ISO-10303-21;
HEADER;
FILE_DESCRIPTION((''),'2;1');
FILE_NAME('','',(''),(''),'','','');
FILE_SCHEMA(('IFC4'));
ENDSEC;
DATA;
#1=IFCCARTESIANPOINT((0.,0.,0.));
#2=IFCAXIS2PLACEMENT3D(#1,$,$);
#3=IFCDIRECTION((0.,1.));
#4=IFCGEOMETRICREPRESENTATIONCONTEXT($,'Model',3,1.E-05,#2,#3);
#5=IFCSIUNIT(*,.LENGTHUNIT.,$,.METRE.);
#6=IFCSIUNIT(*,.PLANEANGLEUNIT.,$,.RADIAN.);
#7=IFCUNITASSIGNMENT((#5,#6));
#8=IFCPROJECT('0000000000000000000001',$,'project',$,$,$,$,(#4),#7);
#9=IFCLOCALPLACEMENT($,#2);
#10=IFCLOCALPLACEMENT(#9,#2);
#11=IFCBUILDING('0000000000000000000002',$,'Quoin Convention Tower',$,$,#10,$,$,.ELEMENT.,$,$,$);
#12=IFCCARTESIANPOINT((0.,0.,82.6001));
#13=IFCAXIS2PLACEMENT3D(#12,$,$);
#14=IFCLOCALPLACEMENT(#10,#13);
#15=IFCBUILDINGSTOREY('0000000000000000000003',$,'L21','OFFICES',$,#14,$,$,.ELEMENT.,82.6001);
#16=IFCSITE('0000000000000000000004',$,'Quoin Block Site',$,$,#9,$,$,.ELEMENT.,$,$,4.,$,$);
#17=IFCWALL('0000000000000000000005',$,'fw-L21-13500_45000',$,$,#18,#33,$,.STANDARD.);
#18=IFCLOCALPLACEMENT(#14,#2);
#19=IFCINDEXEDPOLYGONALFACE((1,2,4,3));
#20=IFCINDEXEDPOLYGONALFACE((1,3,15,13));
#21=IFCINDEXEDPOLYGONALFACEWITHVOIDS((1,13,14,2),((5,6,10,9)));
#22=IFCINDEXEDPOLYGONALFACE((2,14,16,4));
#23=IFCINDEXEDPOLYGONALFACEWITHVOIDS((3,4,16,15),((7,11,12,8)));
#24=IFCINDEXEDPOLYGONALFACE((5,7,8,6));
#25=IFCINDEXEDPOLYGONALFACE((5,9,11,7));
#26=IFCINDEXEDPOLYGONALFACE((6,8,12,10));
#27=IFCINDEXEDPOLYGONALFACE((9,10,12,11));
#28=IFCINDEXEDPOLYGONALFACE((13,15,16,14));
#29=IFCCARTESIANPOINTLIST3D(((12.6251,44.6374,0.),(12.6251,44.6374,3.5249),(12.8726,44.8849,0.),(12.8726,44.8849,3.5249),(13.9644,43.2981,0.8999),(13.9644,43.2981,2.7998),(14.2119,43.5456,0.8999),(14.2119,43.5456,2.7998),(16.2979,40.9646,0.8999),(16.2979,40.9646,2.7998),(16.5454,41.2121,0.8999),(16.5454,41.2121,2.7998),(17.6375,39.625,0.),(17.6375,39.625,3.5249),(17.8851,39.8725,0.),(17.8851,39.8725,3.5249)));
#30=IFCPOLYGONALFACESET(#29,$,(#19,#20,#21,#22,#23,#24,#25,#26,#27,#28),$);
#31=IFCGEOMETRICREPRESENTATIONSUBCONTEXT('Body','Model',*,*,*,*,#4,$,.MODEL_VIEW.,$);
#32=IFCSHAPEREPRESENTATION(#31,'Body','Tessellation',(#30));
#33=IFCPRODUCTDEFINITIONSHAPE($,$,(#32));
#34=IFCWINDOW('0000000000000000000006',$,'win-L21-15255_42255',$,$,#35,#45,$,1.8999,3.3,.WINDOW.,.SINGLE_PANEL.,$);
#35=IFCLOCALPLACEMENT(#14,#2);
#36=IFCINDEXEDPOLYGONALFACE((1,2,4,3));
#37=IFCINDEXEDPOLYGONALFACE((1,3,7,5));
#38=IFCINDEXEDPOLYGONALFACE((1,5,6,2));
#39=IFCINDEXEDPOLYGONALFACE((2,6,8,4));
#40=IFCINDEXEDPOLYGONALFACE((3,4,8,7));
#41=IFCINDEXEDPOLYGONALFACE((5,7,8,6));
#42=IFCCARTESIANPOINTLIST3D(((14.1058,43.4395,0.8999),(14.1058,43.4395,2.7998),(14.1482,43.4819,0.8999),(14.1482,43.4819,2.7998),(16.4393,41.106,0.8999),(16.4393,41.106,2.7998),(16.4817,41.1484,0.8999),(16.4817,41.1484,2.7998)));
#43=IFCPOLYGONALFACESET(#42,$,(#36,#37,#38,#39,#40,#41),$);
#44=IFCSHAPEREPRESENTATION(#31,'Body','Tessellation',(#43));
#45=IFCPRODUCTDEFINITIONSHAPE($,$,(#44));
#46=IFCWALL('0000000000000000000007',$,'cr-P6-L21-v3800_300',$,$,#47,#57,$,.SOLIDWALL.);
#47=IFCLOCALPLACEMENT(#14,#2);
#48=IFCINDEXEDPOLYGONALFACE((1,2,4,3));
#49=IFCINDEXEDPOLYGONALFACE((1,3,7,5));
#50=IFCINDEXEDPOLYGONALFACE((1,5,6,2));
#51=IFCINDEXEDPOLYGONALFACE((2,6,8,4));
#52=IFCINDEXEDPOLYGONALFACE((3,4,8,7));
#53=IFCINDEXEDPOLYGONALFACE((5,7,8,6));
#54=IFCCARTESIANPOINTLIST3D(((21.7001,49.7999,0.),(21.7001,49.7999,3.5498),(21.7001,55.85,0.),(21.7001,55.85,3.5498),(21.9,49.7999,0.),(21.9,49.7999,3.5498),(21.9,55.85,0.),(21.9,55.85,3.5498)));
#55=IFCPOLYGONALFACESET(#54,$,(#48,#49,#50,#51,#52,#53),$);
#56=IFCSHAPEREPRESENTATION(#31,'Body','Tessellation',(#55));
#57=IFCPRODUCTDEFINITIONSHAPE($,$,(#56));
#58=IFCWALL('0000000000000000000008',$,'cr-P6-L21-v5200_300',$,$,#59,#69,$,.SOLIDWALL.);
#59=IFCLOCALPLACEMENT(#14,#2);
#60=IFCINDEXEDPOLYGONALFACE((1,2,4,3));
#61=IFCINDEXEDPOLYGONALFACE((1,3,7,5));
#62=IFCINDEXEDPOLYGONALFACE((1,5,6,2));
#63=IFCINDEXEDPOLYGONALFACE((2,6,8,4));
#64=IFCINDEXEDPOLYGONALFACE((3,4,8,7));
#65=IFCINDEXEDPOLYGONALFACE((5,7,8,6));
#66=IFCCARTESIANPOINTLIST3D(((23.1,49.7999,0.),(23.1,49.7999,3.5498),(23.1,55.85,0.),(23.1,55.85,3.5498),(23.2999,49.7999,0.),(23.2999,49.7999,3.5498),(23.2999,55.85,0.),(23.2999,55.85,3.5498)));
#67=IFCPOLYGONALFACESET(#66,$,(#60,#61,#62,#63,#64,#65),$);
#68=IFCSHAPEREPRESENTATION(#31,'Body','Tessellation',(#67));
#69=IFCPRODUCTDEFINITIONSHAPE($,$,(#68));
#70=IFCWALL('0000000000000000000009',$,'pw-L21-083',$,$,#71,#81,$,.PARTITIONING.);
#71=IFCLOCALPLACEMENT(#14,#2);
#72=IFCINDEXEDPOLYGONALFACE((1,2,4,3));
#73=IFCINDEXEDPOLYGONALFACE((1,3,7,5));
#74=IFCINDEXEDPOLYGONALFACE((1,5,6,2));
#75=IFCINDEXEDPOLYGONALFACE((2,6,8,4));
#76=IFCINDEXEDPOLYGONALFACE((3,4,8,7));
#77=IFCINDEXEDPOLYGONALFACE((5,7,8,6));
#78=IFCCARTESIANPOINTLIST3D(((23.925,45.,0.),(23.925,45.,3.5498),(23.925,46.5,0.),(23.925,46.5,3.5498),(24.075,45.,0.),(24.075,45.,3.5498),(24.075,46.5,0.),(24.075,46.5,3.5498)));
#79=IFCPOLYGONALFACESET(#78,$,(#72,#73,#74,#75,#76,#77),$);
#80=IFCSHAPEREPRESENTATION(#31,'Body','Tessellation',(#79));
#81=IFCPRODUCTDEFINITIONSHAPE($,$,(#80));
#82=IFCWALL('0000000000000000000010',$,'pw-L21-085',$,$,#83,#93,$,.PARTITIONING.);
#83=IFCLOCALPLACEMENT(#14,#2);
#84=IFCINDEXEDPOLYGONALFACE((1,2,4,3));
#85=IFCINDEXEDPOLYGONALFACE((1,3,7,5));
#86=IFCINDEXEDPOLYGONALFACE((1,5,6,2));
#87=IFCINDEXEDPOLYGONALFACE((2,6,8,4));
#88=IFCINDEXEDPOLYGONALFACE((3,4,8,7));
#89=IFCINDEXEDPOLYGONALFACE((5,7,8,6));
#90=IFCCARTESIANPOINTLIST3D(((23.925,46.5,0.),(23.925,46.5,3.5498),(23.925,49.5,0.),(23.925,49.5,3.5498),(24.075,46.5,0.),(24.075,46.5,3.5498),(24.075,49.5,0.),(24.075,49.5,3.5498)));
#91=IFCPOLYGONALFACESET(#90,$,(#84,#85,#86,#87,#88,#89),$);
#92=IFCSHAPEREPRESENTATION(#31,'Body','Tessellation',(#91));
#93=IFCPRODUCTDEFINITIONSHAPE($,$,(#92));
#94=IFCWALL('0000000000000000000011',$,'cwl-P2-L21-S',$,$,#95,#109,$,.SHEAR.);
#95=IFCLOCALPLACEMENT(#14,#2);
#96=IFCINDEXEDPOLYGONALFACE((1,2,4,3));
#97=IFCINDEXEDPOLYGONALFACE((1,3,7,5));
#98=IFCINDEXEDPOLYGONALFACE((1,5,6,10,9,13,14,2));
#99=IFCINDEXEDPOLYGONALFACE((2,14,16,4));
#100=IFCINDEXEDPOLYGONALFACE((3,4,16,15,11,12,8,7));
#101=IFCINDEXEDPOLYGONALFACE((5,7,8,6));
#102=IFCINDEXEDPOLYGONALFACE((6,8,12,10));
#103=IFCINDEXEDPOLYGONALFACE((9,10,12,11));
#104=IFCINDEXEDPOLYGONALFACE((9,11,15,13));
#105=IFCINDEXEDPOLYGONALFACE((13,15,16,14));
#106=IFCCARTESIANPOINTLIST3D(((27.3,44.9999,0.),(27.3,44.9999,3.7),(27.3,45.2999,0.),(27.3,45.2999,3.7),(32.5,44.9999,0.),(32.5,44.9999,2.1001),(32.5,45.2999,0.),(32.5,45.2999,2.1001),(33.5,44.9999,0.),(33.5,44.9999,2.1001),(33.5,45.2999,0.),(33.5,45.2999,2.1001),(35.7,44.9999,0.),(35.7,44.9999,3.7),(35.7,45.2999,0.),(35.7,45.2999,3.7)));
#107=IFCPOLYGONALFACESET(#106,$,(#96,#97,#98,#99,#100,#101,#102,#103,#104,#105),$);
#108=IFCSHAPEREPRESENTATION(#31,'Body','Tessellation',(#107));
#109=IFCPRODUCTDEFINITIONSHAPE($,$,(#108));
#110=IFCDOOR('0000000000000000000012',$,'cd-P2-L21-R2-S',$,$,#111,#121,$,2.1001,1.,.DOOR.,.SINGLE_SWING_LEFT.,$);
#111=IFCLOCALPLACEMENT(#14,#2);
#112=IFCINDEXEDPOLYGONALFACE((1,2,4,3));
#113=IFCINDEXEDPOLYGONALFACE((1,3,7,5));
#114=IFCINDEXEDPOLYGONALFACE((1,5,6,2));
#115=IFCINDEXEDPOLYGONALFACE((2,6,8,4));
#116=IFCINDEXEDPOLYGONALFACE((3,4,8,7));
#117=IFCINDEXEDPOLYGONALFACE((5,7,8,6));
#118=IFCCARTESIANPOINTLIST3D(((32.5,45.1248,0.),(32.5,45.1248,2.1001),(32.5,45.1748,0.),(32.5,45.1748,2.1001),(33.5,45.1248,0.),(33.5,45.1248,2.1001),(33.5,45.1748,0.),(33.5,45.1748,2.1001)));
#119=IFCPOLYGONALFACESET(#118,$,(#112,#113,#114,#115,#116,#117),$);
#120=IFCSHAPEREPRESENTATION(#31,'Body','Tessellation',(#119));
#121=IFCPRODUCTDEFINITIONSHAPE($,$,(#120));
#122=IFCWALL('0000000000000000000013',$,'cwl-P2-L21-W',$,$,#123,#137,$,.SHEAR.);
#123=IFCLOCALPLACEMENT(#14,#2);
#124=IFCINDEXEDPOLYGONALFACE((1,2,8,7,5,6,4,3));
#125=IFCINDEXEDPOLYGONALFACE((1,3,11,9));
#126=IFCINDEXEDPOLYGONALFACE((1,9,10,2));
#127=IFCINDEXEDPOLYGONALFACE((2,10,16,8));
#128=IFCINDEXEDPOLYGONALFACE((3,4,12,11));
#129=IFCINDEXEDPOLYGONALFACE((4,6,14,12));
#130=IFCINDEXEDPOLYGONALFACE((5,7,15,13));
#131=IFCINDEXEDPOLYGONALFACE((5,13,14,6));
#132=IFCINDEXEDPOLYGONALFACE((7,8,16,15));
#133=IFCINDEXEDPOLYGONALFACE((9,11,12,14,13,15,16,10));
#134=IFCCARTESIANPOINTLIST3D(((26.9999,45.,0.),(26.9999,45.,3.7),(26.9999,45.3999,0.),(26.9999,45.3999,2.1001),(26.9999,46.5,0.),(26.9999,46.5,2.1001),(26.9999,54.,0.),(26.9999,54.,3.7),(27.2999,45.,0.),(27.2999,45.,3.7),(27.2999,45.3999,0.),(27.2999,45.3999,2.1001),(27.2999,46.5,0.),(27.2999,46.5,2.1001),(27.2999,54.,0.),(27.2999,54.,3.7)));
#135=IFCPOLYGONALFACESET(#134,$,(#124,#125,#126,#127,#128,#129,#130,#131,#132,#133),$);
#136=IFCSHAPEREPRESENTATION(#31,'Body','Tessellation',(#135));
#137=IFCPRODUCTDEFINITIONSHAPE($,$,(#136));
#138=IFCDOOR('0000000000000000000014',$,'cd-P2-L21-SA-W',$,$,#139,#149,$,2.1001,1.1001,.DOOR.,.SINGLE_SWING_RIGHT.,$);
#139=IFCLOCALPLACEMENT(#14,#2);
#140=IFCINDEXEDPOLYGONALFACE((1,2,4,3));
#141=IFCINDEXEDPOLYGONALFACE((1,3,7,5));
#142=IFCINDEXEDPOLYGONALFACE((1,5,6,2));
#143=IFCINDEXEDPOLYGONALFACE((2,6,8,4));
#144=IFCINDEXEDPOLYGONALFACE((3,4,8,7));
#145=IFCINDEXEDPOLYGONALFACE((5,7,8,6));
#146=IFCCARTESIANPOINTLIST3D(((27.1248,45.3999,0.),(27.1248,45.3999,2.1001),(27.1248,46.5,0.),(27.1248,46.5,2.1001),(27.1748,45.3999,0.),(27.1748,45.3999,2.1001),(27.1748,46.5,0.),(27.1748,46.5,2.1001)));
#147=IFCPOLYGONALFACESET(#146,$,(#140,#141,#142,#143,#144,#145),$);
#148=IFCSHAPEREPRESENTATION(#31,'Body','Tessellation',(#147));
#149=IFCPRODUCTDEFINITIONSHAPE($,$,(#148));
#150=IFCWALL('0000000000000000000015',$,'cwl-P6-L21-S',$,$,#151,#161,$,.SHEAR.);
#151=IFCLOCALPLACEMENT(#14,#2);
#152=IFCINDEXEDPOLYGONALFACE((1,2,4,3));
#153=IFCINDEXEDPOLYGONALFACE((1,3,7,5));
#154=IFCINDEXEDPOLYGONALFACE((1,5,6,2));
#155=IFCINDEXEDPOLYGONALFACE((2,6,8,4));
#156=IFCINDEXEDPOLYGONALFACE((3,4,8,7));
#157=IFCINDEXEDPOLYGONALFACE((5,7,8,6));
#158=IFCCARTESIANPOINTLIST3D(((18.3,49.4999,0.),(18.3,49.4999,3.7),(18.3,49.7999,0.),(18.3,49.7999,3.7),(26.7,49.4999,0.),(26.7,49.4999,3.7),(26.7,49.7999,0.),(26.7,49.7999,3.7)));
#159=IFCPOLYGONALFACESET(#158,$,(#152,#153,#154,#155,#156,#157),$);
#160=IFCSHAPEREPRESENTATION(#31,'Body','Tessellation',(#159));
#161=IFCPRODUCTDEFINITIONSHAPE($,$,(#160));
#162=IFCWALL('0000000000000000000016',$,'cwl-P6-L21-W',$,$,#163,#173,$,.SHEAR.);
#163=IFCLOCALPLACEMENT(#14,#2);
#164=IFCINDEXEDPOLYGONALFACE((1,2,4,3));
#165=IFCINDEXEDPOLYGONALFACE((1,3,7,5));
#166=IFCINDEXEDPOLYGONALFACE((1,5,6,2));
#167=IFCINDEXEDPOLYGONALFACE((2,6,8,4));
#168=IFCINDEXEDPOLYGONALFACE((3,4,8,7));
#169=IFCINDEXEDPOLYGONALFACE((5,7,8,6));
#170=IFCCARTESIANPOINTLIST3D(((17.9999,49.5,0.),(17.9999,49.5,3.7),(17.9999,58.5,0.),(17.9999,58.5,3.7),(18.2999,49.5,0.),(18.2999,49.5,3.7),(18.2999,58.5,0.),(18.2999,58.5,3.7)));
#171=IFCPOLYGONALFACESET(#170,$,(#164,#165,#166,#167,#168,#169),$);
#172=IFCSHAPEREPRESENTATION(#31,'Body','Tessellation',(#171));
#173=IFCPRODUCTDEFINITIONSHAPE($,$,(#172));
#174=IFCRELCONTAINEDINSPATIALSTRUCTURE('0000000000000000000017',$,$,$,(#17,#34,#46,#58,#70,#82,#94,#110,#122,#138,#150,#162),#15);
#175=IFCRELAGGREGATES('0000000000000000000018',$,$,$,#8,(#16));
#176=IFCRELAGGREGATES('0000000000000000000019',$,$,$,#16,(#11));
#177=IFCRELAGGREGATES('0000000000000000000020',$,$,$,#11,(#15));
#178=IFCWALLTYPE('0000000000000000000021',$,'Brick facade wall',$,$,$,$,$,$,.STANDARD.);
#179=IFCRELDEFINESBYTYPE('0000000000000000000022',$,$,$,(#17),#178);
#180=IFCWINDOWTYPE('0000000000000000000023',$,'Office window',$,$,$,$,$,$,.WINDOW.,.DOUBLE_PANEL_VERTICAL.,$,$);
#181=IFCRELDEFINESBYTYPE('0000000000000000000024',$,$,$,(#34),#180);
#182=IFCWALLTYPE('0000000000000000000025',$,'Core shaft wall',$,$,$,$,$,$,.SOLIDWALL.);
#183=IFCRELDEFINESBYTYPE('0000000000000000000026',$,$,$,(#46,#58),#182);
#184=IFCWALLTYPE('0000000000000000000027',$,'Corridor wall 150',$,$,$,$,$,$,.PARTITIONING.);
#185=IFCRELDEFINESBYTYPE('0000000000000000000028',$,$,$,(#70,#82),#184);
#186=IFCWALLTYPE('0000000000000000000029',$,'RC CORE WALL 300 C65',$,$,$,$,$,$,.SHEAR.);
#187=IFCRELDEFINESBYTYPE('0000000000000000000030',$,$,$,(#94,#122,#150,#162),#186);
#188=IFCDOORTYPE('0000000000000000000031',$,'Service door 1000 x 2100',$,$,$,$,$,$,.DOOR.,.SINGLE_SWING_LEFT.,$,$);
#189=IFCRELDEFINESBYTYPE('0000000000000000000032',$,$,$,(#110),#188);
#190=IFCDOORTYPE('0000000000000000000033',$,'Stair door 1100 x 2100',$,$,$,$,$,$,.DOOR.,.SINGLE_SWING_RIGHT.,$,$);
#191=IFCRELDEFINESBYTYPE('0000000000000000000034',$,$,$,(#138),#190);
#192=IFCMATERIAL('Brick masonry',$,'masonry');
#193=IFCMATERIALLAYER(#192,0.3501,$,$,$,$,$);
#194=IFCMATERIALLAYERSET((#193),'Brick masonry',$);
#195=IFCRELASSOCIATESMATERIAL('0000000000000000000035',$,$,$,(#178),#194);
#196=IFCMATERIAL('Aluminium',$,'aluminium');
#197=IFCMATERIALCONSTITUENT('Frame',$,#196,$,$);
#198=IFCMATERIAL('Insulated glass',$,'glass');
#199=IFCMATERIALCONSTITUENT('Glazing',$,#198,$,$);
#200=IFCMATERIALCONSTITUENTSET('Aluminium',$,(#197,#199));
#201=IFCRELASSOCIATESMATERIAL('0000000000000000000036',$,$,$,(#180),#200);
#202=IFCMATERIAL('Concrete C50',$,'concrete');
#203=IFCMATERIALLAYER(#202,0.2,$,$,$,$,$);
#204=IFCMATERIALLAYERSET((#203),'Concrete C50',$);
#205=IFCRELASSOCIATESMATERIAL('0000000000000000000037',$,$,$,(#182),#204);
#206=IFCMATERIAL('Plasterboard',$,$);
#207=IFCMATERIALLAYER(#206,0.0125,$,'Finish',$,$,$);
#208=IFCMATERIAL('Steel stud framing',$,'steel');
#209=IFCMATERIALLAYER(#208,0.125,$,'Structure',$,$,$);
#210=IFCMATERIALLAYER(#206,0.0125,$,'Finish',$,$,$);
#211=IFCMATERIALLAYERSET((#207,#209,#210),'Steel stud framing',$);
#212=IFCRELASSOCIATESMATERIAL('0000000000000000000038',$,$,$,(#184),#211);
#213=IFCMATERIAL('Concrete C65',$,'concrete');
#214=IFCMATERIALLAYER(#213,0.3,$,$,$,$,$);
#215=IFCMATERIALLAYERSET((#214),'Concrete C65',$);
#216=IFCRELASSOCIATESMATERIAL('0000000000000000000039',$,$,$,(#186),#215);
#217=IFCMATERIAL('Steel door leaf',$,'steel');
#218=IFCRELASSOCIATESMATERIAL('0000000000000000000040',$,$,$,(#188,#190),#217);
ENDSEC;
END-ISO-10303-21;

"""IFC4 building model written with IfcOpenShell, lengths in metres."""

from ifc_helpers import new_model, si_unit, direction, frame, frame_2d, origin, place, context, subcontext, project, spatial, rectangle, extrude, material, layer, layer_set, constituent, constituent_set, type_object, element, fill, save


model = new_model("IFC4")

# Units and contexts
model_context = context("Model", 3, precision=1e-05, world=origin(), true_north=direction((0.0, 1.0)))
body_context = subcontext(model_context, "Body", "Model", "MODEL_VIEW")
ifc_project = project(units=[si_unit("LENGTHUNIT", "METRE"), si_unit("PLANEANGLEUNIT", "RADIAN")], contexts=[model_context])

# Site, building, storey
site_placement = place(None, origin())
site = spatial("IfcSite", under=ifc_project, at=site_placement, Name="Quoin Block Site", CompositionType="ELEMENT", RefElevation=4.0)
building_placement = place(site_placement, origin())
building = spatial("IfcBuilding", under=site, at=building_placement, Name="Quoin Convention Tower", CompositionType="ELEMENT")
storey_placement = place(building_placement, frame((0.0, 0.0, 82.6001)))
storey = spatial("IfcBuildingStorey", under=building, at=storey_placement, Name="L21", Description="OFFICES", CompositionType="ELEMENT", Elevation=82.6001)

# Shared definitions
ifc_material_1 = material(Name="Concrete C65", Category="concrete")

# Wall, opening, window
ifc_material_2 = material(Name="Brick masonry", Category="masonry")
ifc_layer_1 = layer(ifc_material_2, 0.3501)
ifc_layer_set_1 = layer_set([ifc_layer_1], Name="Brick masonry")
wall_type_1 = type_object("IfcWallType", Name="Brick facade wall", PredefinedType="STANDARD", material=ifc_layer_set_1)
wall_1_placement = place(storey_placement, frame((12.7488, 44.7612, 0.0), z_axis=(0.0, 0.0, 1.0), x_axis=(0.707107, -0.707107, 0.0)))
wall_1 = element("IfcWall", 1, at=wall_1_placement, inside=storey, type_object=wall_type_1, Name="fw-L21-13500_45000", PredefinedType="STANDARD", context=body_context, shape_type="SweptSolid", body=[
    extrude(rectangle(XDim=7.0886, YDim=0.3501, at=frame_2d((3.5444, 0.0))), origin(), (0.0, 0.0, 1.0), 3.5249),
])
opening_1_placement = place(wall_1_placement, frame((1.8943, 0.0, 0.8999)))
opening_1 = element("IfcOpeningElement", 2, at=opening_1_placement, cuts=wall_1, PredefinedType="OPENING", context=body_context, shape_type="SweptSolid", body=[
    extrude(rectangle(XDim=3.3, YDim=1.8999, at=frame_2d((1.6499, 0.95))), frame((0.0, 0.1851, 0.0), z_axis=(0.0, -1.0, 0.0), x_axis=(1.0, 0.0, 0.0)), (0.0, 0.0, 1.0), 0.3701),
])
ifc_material_3 = material(Name="Aluminium", Category="aluminium")
ifc_constituent_1 = constituent(ifc_material_3, Name="Frame")
ifc_material_4 = material(Name="Insulated glass", Category="glass")
ifc_constituent_2 = constituent(ifc_material_4, Name="Glazing")
ifc_constituent_set = constituent_set(constituents=[ifc_constituent_1, ifc_constituent_2], Name="Aluminium")
window_type = type_object("IfcWindowType", Name="Office window", PartitioningType="DOUBLE_PANEL_VERTICAL", PredefinedType="WINDOW", material=ifc_constituent_set)
window_placement = place(opening_1_placement, origin())
window = element("IfcWindow", 3, at=window_placement, inside=storey, type_object=window_type, Name="win-L21-15255_42255", OverallHeight=1.8999, OverallWidth=3.3, PartitioningType="SINGLE_PANEL", PredefinedType="WINDOW", context=body_context, shape_type="SweptSolid", body=[
    extrude(rectangle(XDim=3.3, YDim=1.8999, at=frame_2d((1.6499, 0.95))), frame((0.0, 0.085, 0.0), z_axis=(0.0, -1.0, 0.0), x_axis=(1.0, 0.0, 0.0)), (0.0, 0.0, 1.0), 0.0601),
])
fill(opening_1, window)

# Walls
ifc_material_5 = material(Name="Concrete C50", Category="concrete")
ifc_layer_2 = layer(ifc_material_5, 0.2)
ifc_layer_set_2 = layer_set([ifc_layer_2], Name="Concrete C50")
wall_type_2 = type_object("IfcWallType", Name="Core shaft wall", PredefinedType="SOLIDWALL", material=ifc_layer_set_2)
for number, where, z_axis, x_axis, name in (
    (4, (21.8, 49.8, 0.0), (0.0, 0.0, 1.0), (0.0, 1.0, 0.0), "cr-P6-L21-v3800_300"),
    (5, (23.2, 49.8, 0.0), (0.0, 0.0, 1.0), (0.0, 1.0, 0.0), "cr-P6-L21-v5200_300"),
):
    element("IfcWall", number, at=place(storey_placement, frame(where, z_axis=z_axis, x_axis=x_axis)), inside=storey, type_object=wall_type_2, Name=name, PredefinedType="SOLIDWALL", context=body_context, shape_type="SweptSolid", body=[
        extrude(rectangle(XDim=6.05, YDim=0.2, at=frame_2d((3.0249, 0.0))), origin(), (0.0, 0.0, 1.0), 3.5498),
    ])
ifc_material_6 = material(Name="Plasterboard")
ifc_layer_3 = layer(ifc_material_6, 0.0125, Name="Finish")
ifc_material_7 = material(Name="Steel stud framing", Category="steel")
ifc_layer_4 = layer(ifc_material_7, 0.125, Name="Structure")
ifc_layer_5 = layer(ifc_material_6, 0.0125, Name="Finish")
ifc_layer_set_3 = layer_set([ifc_layer_3, ifc_layer_4, ifc_layer_5], Name="Steel stud framing")
wall_type_3 = type_object("IfcWallType", Name="Corridor wall 150", PredefinedType="PARTITIONING", material=ifc_layer_set_3)
wall_2_placement = place(storey_placement, frame((24.0, 45.0, 0.0), z_axis=(0.0, 0.0, 1.0), x_axis=(0.0, 1.0, 0.0)))
element("IfcWall", 6, at=wall_2_placement, inside=storey, type_object=wall_type_3, Name="pw-L21-083", PredefinedType="PARTITIONING", context=body_context, shape_type="SweptSolid", body=[
    extrude(rectangle(XDim=1.5, YDim=0.1499, at=frame_2d((0.75, 0.0))), origin(), (0.0, 0.0, 1.0), 3.5498),
])
wall_3_placement = place(storey_placement, frame((24.0, 46.5, 0.0), z_axis=(0.0, 0.0, 1.0), x_axis=(0.0, 1.0, 0.0)))
element("IfcWall", 7, at=wall_3_placement, inside=storey, type_object=wall_type_3, Name="pw-L21-085", PredefinedType="PARTITIONING", context=body_context, shape_type="SweptSolid", body=[
    extrude(rectangle(XDim=3.0, YDim=0.1499, at=frame_2d((1.5, 0.0))), origin(), (0.0, 0.0, 1.0), 3.5498),
])

# Walls, openings, doors
ifc_layer_6 = layer(ifc_material_1, 0.3)
ifc_layer_set_4 = layer_set([ifc_layer_6], Name="Concrete C65")
wall_type_4 = type_object("IfcWallType", Name="RC CORE WALL 300 C65", PredefinedType="SHEAR", material=ifc_layer_set_4)
wall_4_placement = place(storey_placement, frame((27.3, 45.1499, 0.0), z_axis=(0.0, 0.0, 1.0), x_axis=(1.0, 0.0, 0.0)))
wall_4 = element("IfcWall", 8, at=wall_4_placement, inside=storey, type_object=wall_type_4, Name="cwl-P2-L21-S", PredefinedType="SHEAR", context=body_context, shape_type="SweptSolid", body=[
    extrude(rectangle(XDim=8.3999, YDim=0.3, at=frame_2d((4.2, 0.0))), origin(), (0.0, 0.0, 1.0), 3.7),
])
opening_2_placement = place(wall_4_placement, frame((5.2, 0.0, 0.0)))
opening_2 = element("IfcOpeningElement", 9, at=opening_2_placement, cuts=wall_4, PredefinedType="OPENING", context=body_context, shape_type="SweptSolid", body=[
    extrude(rectangle(XDim=1.0, YDim=2.1001, at=frame_2d((0.5, 1.05))), frame((0.0, 0.1599, 0.0), z_axis=(0.0, -1.0, 0.0), x_axis=(1.0, 0.0, 0.0)), (0.0, 0.0, 1.0), 0.3201),
])
ifc_material_8 = material(Name="Steel door leaf", Category="steel")
door_type_1 = type_object("IfcDoorType", Name="Service door 1000 x 2100", OperationType="SINGLE_SWING_LEFT", PredefinedType="DOOR", material=ifc_material_8)
door_1_placement = place(opening_2_placement, origin())
door_1 = element("IfcDoor", 10, at=door_1_placement, inside=storey, type_object=door_type_1, Name="cd-P2-L21-R2-S", OperationType="SINGLE_SWING_LEFT", OverallHeight=2.1001, OverallWidth=1.0, PredefinedType="DOOR", context=body_context, shape_type="SweptSolid", body=[
    extrude(rectangle(XDim=1.0, YDim=2.1001, at=frame_2d((0.5, 1.05))), frame((0.0, 0.0249, 0.0), z_axis=(0.0, -1.0, 0.0), x_axis=(1.0, 0.0, 0.0)), (0.0, 0.0, 1.0), 0.05),
])
fill(opening_2, door_1)
wall_5_placement = place(storey_placement, frame((27.1499, 45.0, 0.0), z_axis=(0.0, 0.0, 1.0), x_axis=(0.0, 1.0, 0.0)))
wall_5 = element("IfcWall", 11, at=wall_5_placement, inside=storey, type_object=wall_type_4, Name="cwl-P2-L21-W", PredefinedType="SHEAR", context=body_context, shape_type="SweptSolid", body=[
    extrude(rectangle(XDim=9.0, YDim=0.3, at=frame_2d((4.5, 0.0))), origin(), (0.0, 0.0, 1.0), 3.7),
])
opening_3_placement = place(wall_5_placement, frame((0.3999, 0.0, 0.0)))
opening_3 = element("IfcOpeningElement", 12, at=opening_3_placement, cuts=wall_5, PredefinedType="OPENING", context=body_context, shape_type="SweptSolid", body=[
    extrude(rectangle(XDim=1.1001, YDim=2.1001, at=frame_2d((0.55, 1.05))), frame((0.0, 0.1599, 0.0), z_axis=(0.0, -1.0, 0.0), x_axis=(1.0, 0.0, 0.0)), (0.0, 0.0, 1.0), 0.3201),
])
door_type_2 = type_object("IfcDoorType", Name="Stair door 1100 x 2100", OperationType="SINGLE_SWING_RIGHT", PredefinedType="DOOR", material=ifc_material_8)
door_2_placement = place(opening_3_placement, frame((1.1001, 0.0, 0.0), z_axis=(0.0, 0.0, 1.0), x_axis=(-1.0, 0.0, 0.0)))
door_2 = element("IfcDoor", 13, at=door_2_placement, inside=storey, type_object=door_type_2, Name="cd-P2-L21-SA-W", OperationType="SINGLE_SWING_RIGHT", OverallHeight=2.1001, OverallWidth=1.1001, PredefinedType="DOOR", context=body_context, shape_type="SweptSolid", body=[
    extrude(rectangle(XDim=1.1001, YDim=2.1001, at=frame_2d((0.55, 1.05))), frame((0.0, 0.0249, 0.0), z_axis=(0.0, -1.0, 0.0), x_axis=(1.0, 0.0, 0.0)), (0.0, 0.0, 1.0), 0.05),
])
fill(opening_3, door_2)

# Walls
wall_6_placement = place(storey_placement, frame((18.3, 49.6499, 0.0), z_axis=(0.0, 0.0, 1.0), x_axis=(1.0, 0.0, 0.0)))
element("IfcWall", 14, at=wall_6_placement, inside=storey, type_object=wall_type_4, Name="cwl-P6-L21-S", PredefinedType="SHEAR", context=body_context, shape_type="SweptSolid", body=[
    extrude(rectangle(XDim=8.3999, YDim=0.3, at=frame_2d((4.2, 0.0))), origin(), (0.0, 0.0, 1.0), 3.7),
])
wall_7_placement = place(storey_placement, frame((18.1499, 49.5, 0.0), z_axis=(0.0, 0.0, 1.0), x_axis=(0.0, 1.0, 0.0)))
element("IfcWall", 15, at=wall_7_placement, inside=storey, type_object=wall_type_4, Name="cwl-P6-L21-W", PredefinedType="SHEAR", context=body_context, shape_type="SweptSolid", body=[
    extrude(rectangle(XDim=9.0, YDim=0.3, at=frame_2d((4.5, 0.0))), origin(), (0.0, 0.0, 1.0), 3.7),
])

save(model, "model.ifc")
